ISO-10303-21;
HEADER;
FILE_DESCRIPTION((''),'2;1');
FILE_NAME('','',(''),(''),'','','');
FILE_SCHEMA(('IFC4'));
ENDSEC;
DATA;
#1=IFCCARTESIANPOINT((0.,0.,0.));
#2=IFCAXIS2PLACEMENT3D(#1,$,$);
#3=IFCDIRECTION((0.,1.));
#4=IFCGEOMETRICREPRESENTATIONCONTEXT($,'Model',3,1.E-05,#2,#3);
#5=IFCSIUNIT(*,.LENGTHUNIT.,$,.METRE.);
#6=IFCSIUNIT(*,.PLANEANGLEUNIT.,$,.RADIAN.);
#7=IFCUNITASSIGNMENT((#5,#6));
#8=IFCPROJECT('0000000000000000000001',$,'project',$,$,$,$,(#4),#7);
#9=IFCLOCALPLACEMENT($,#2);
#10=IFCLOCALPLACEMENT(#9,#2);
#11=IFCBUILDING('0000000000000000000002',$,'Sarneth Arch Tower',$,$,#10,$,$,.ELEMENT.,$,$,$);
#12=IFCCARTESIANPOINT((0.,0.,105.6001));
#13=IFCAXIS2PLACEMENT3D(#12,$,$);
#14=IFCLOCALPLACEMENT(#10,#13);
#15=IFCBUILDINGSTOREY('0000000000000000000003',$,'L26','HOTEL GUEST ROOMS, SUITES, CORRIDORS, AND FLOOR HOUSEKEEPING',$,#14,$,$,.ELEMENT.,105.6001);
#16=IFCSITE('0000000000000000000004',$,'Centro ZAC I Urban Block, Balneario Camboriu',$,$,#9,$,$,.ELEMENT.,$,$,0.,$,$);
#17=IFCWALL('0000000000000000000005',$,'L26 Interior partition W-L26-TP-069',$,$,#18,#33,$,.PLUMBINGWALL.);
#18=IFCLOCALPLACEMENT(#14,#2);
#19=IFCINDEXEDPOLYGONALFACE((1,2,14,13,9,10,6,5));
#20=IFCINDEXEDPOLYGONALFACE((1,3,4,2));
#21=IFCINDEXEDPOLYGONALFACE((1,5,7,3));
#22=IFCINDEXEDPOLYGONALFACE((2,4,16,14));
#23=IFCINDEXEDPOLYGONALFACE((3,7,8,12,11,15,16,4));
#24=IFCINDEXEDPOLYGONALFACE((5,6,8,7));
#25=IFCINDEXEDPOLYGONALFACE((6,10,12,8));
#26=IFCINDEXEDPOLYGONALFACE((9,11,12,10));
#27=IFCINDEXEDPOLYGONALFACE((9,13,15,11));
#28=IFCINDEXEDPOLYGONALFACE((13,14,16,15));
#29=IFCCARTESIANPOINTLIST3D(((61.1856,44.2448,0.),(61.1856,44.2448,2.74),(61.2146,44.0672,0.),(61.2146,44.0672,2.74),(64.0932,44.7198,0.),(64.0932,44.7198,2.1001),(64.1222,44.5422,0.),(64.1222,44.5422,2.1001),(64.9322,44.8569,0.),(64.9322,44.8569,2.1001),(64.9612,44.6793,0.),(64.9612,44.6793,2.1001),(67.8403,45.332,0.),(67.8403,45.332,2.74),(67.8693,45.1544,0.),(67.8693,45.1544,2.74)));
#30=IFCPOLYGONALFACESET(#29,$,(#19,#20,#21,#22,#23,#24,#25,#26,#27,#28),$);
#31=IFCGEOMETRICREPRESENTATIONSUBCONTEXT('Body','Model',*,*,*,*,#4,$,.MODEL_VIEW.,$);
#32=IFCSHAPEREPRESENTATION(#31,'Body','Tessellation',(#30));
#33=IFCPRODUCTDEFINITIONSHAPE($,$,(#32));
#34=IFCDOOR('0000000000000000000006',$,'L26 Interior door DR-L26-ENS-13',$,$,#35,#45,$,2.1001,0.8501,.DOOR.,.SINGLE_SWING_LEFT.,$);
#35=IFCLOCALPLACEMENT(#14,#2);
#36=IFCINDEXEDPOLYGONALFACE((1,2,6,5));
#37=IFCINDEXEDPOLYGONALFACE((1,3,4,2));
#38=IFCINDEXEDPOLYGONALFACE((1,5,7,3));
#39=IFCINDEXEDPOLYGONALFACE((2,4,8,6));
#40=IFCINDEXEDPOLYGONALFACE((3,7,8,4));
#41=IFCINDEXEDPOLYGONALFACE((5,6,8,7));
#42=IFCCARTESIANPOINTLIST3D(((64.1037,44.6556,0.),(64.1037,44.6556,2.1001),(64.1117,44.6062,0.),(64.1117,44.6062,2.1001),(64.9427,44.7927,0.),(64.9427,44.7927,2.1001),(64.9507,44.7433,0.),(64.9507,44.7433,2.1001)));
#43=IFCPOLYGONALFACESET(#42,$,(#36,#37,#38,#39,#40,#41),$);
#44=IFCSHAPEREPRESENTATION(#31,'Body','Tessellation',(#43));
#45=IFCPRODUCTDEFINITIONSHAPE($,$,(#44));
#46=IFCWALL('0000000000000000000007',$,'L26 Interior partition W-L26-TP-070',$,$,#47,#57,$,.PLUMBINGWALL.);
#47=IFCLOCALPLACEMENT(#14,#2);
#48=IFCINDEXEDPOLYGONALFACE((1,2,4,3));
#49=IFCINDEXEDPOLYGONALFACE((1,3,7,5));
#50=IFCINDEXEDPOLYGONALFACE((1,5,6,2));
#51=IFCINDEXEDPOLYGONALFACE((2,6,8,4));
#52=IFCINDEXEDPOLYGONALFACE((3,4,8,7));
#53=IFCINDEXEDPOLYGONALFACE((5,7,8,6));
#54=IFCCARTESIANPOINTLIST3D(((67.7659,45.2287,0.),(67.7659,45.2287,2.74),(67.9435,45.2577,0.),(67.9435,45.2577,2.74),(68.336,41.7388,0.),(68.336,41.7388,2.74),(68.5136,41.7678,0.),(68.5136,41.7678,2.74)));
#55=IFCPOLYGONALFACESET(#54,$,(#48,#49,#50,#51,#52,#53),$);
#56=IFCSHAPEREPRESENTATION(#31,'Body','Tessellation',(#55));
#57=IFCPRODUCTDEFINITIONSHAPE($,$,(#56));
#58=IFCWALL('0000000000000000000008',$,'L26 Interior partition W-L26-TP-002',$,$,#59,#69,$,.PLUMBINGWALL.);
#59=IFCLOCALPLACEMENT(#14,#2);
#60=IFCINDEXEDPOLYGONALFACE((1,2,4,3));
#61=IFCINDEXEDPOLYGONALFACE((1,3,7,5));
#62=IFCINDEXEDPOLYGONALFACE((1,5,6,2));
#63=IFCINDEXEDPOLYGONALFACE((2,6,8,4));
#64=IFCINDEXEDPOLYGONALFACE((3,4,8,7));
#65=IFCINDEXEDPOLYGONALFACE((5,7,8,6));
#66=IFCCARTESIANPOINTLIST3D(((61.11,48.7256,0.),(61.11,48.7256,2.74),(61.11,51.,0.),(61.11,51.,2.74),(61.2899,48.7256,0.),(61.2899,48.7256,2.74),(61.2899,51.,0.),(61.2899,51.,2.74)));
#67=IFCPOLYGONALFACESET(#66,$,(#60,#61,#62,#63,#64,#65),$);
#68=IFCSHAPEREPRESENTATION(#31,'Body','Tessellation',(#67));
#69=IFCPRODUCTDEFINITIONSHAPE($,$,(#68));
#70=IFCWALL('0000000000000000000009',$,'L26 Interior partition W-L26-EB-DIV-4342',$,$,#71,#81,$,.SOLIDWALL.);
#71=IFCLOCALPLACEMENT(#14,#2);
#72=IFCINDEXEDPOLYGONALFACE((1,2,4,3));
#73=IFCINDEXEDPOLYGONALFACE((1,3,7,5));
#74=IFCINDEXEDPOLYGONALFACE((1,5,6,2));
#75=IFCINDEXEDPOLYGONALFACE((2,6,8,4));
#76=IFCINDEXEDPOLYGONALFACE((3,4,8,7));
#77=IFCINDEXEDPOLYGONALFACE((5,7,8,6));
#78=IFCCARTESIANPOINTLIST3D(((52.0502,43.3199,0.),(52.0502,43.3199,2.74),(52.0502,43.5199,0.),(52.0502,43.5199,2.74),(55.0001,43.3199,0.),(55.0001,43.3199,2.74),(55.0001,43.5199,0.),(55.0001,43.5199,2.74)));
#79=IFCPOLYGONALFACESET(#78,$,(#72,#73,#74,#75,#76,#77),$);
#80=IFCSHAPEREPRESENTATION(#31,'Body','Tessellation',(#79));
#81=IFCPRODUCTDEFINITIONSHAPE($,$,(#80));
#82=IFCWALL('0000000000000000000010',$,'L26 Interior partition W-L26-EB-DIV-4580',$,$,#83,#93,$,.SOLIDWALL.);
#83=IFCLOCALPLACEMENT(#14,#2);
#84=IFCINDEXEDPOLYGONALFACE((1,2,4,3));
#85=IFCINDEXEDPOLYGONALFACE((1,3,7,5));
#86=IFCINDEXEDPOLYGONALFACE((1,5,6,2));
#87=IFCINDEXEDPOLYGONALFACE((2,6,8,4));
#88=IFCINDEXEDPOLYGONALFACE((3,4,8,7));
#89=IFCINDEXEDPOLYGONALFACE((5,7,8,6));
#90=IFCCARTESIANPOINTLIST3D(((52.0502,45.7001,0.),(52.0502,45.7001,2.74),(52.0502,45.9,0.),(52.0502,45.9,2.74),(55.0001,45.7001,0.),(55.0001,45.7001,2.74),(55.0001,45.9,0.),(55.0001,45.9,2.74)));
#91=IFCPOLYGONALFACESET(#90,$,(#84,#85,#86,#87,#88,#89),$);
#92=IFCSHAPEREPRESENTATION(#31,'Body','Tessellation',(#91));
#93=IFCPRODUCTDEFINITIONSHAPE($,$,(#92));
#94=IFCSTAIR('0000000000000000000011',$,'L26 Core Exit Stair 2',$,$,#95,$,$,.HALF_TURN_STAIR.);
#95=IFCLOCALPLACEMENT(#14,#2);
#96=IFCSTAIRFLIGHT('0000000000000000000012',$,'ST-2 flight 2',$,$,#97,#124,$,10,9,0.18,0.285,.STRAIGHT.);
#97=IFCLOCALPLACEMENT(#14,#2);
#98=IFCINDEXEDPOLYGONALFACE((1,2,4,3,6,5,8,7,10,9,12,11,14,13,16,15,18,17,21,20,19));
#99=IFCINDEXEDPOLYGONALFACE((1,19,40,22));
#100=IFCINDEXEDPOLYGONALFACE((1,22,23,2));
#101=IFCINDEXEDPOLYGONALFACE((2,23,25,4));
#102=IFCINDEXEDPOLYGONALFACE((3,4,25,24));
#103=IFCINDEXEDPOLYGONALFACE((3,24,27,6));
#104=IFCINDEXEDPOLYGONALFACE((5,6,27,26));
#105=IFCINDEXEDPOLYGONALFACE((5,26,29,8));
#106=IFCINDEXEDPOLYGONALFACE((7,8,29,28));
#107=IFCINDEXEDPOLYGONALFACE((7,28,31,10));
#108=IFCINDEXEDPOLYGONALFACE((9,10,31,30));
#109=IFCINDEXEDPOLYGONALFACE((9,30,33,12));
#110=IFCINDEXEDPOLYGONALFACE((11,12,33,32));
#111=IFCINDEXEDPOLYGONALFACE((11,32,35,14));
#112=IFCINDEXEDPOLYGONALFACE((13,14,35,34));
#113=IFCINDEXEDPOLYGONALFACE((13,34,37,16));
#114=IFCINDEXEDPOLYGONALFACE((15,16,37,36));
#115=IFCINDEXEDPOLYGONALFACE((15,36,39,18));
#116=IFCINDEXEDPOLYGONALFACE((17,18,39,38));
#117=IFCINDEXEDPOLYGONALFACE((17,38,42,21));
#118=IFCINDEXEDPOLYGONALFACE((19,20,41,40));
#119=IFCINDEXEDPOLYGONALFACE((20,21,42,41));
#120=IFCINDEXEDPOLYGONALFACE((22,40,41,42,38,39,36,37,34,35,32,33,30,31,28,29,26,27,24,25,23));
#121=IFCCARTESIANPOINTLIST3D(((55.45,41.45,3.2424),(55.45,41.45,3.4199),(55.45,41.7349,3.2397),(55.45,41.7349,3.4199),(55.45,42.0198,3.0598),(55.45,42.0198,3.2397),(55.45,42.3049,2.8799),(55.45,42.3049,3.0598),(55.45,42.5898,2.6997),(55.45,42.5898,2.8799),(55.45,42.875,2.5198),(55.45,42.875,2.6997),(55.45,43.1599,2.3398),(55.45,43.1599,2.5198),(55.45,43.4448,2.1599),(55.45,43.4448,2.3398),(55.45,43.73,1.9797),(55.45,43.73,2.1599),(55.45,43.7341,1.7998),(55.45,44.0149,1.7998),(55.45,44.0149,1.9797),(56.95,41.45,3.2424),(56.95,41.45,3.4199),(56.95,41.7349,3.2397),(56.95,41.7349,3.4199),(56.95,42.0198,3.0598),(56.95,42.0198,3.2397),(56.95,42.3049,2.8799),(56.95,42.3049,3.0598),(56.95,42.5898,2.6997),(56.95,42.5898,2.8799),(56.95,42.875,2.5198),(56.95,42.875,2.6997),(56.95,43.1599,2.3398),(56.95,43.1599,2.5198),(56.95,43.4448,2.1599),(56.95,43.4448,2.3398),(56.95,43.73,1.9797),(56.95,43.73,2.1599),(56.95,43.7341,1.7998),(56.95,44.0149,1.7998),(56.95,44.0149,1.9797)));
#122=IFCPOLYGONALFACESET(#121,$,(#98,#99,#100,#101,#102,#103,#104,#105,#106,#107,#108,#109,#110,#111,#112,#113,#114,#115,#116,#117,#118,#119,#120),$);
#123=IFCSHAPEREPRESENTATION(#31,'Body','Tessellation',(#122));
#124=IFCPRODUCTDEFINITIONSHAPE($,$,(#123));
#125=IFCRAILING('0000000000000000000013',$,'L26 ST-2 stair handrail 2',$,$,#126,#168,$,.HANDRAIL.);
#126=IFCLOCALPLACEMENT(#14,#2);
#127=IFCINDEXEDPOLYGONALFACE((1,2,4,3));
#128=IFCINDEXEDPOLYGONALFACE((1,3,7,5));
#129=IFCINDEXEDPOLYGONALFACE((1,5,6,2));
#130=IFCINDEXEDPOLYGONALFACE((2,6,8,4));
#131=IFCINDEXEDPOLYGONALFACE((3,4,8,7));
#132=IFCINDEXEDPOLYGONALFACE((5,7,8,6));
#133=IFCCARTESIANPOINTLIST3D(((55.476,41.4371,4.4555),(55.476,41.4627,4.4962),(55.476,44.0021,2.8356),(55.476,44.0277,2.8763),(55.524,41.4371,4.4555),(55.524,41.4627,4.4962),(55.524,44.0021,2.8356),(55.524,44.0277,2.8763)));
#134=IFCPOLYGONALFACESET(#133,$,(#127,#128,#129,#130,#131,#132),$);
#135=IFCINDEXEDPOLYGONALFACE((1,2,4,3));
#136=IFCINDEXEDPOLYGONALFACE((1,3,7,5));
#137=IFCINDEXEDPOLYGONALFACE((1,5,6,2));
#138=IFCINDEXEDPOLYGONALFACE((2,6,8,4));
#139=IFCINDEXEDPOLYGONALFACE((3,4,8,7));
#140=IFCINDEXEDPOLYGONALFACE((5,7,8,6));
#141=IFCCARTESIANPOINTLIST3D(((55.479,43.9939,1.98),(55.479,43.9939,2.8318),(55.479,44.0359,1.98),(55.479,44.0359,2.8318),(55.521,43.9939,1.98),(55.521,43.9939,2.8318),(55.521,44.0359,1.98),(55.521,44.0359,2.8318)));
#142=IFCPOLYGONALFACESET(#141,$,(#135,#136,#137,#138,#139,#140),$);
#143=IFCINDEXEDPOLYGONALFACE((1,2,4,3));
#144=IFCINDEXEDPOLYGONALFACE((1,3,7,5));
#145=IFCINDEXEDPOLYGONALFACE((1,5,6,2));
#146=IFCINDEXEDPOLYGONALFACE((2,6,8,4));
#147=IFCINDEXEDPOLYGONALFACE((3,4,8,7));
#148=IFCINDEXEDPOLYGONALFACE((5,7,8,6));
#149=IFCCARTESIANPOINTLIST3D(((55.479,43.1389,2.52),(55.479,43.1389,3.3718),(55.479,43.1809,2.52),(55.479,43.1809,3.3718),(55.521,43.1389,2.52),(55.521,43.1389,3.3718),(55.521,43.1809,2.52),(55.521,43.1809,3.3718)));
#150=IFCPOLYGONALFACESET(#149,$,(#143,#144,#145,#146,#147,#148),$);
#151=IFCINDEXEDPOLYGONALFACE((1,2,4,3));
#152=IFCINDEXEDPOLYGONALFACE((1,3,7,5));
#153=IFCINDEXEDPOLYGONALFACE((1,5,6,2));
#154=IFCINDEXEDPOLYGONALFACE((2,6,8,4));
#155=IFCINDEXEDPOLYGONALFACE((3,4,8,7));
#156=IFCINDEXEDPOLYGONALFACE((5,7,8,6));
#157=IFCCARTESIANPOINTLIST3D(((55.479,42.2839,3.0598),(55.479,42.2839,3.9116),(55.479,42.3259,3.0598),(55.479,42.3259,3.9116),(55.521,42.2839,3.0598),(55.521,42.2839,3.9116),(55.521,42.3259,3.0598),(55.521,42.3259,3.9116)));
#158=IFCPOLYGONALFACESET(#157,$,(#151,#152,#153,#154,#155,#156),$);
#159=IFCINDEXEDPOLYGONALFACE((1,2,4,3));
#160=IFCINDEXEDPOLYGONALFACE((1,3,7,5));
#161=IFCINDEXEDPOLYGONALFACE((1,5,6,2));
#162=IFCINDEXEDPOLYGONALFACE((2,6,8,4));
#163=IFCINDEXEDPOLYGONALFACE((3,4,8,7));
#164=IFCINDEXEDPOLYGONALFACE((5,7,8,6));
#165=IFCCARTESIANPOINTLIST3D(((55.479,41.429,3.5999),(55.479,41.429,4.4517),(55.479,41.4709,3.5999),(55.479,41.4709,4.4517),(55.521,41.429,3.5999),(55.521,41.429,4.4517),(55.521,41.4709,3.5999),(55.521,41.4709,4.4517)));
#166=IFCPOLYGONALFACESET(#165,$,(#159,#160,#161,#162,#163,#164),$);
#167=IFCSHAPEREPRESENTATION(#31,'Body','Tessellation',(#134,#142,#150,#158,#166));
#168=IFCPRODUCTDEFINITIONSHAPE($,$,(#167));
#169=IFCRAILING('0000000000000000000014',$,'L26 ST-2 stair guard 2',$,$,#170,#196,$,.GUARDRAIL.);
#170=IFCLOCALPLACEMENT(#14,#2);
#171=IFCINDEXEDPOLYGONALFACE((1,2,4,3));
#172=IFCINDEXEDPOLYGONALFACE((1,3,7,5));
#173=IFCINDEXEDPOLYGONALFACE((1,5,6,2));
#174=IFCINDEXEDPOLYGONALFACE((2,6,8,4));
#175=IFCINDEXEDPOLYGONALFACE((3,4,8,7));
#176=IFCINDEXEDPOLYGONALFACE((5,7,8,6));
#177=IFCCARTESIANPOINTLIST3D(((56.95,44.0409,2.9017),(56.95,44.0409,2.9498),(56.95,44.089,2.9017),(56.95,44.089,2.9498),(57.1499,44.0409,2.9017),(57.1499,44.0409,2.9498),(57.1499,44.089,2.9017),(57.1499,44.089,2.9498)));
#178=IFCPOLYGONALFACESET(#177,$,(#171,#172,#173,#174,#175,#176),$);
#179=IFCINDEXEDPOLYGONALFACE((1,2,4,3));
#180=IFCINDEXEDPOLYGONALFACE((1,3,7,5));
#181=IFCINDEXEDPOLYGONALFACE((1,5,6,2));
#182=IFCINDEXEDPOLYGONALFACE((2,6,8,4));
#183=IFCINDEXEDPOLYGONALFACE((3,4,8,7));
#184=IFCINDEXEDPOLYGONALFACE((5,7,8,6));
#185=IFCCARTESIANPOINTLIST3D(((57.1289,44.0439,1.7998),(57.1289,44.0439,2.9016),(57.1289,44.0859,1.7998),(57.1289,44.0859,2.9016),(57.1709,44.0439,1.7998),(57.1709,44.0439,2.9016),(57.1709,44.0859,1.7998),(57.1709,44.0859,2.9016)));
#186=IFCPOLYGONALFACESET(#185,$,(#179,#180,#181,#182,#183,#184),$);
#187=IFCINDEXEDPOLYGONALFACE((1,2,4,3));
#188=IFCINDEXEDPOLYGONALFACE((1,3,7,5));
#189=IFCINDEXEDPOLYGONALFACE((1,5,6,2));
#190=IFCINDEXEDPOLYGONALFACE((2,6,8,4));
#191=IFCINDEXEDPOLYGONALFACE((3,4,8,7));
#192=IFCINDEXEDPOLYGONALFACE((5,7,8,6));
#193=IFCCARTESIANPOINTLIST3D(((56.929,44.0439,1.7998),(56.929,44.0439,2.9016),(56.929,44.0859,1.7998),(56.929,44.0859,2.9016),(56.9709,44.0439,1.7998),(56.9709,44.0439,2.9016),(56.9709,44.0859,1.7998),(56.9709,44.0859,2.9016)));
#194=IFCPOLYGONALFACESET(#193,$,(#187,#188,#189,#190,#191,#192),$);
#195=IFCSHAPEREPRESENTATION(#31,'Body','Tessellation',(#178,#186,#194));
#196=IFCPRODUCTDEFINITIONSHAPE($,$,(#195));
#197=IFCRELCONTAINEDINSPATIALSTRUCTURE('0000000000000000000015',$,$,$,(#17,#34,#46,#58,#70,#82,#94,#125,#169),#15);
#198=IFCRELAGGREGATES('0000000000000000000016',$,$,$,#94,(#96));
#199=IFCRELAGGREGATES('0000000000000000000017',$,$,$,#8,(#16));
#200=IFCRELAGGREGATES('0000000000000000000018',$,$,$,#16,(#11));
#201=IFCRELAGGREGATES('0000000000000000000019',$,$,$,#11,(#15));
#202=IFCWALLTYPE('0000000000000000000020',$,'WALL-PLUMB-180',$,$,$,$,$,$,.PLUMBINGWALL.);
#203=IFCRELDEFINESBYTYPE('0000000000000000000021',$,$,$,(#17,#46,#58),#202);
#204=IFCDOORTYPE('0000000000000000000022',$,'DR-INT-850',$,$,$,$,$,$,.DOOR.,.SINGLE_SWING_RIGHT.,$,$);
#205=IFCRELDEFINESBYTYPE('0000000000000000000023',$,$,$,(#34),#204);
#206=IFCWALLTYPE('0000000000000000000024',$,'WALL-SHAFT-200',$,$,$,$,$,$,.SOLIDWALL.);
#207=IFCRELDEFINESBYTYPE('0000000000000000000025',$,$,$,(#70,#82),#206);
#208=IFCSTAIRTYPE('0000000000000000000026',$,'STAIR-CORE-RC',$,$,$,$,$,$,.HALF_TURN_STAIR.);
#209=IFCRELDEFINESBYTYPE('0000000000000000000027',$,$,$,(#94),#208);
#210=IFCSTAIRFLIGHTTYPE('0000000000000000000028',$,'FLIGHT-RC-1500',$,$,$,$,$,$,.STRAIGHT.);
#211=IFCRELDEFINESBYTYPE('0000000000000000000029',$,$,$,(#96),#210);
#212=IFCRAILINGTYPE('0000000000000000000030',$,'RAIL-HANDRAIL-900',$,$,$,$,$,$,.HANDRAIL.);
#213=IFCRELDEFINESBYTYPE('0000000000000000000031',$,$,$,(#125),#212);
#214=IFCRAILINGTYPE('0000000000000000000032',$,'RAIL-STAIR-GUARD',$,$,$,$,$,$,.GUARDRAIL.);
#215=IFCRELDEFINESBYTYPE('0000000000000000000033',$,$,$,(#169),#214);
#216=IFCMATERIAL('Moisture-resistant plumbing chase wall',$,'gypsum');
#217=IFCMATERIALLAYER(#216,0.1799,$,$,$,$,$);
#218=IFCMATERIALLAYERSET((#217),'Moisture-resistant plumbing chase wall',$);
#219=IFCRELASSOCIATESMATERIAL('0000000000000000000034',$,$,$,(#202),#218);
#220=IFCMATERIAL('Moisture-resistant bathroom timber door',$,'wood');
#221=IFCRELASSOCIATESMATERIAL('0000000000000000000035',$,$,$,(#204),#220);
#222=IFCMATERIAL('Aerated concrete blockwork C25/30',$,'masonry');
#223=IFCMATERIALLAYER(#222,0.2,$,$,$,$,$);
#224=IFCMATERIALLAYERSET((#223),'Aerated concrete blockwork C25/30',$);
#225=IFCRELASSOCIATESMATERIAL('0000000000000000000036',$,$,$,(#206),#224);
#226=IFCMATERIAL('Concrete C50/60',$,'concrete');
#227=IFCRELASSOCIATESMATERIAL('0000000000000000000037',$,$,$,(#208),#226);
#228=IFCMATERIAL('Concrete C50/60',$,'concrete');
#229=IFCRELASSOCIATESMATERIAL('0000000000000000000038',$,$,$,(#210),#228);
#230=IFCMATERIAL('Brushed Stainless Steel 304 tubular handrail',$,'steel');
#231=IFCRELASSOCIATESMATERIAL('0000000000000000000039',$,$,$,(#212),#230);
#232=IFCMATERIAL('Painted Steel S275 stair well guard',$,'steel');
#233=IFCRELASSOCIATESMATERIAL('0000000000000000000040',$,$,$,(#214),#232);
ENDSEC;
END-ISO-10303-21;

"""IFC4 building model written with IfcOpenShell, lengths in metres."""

from ifc_helpers import new_model, si_unit, direction, frame, frame_2d, origin, origin_2d, place, context, subcontext, project, spatial, polyline, rectangle, outline, extrude, material, layer, layer_set, type_object, element, fill, aggregate, save


model = new_model("IFC4")

# Units and contexts
model_context = context("Model", 3, precision=1e-05, world=origin(), true_north=direction((0.0, 1.0)))
body_context = subcontext(model_context, "Body", "Model", "MODEL_VIEW")
ifc_project = project(units=[si_unit("LENGTHUNIT", "METRE"), si_unit("PLANEANGLEUNIT", "RADIAN")], contexts=[model_context])

# Site, building, storey
site_placement = place(None, origin())
site = spatial("IfcSite", under=ifc_project, at=site_placement, Name="Centro ZAC I Urban Block, Balneario Camboriu", CompositionType="ELEMENT", RefElevation=0.0)
building_placement = place(site_placement, origin())
building = spatial("IfcBuilding", under=site, at=building_placement, Name="Sarneth Arch Tower", CompositionType="ELEMENT")
storey_placement = place(building_placement, frame((0.0, 0.0, 105.6001)))
storey = spatial("IfcBuildingStorey", under=building, at=storey_placement, Name="L26", Description="HOTEL GUEST ROOMS, SUITES, CORRIDORS, AND FLOOR HOUSEKEEPING", CompositionType="ELEMENT", Elevation=105.6001)

# Wall, opening, door
ifc_material_1 = material(Name="Moisture-resistant plumbing chase wall", Category="gypsum")
ifc_layer_1 = layer(ifc_material_1, 0.1799)
ifc_layer_set_1 = layer_set([ifc_layer_1], Name="Moisture-resistant plumbing chase wall")
wall_type_1 = type_object("IfcWallType", Name="WALL-PLUMB-180", PredefinedType="PLUMBINGWALL", material=ifc_layer_set_1)
wall_1_placement = place(storey_placement, frame((61.2, 44.156, 0.0), z_axis=(0.0, 0.0, 1.0), x_axis=(0.986917, 0.161228, 0.0)))
wall_1 = element("IfcWall", 1, at=wall_1_placement, inside=storey, type_object=wall_type_1, Name="L26 Interior partition W-L26-TP-069", PredefinedType="PLUMBINGWALL", context=body_context, shape_type="SweptSolid", body=[
    extrude(rectangle(XDim=6.7429, YDim=0.1799, at=frame_2d((3.3716, 0.0))), origin(), (0.0, 0.0, 1.0), 2.74),
])
opening_1_placement = place(wall_1_placement, frame((2.9463, 0.0, 0.0)))
opening_1 = element("IfcOpeningElement", 2, at=opening_1_placement, cuts=wall_1, PredefinedType="OPENING", context=body_context, shape_type="SweptSolid", body=[
    extrude(rectangle(XDim=0.8501, YDim=2.1001, at=frame_2d((0.425, 1.05))), frame((0.0, 0.0999, 0.0), z_axis=(0.0, -1.0, 0.0), x_axis=(1.0, 0.0, 0.0)), (0.0, 0.0, 1.0), 0.2),
])
ifc_material_2 = material(Name="Moisture-resistant bathroom timber door", Category="wood")
door_type_1 = type_object("IfcDoorType", Name="DR-INT-850", OperationType="SINGLE_SWING_RIGHT", PredefinedType="DOOR", material=ifc_material_2)
door_1_placement = place(opening_1_placement, origin())
door_1 = element("IfcDoor", 3, at=door_1_placement, inside=storey, type_object=door_type_1, Name="L26 Interior door DR-L26-ENS-13", OperationType="SINGLE_SWING_LEFT", OverallHeight=2.1001, OverallWidth=0.8501, PredefinedType="DOOR", context=body_context, shape_type="SweptSolid", body=[
    extrude(rectangle(XDim=0.8501, YDim=2.1001, at=frame_2d((0.425, 1.05))), frame((0.0, 0.0249, 0.0), z_axis=(0.0, -1.0, 0.0), x_axis=(1.0, 0.0, 0.0)), (0.0, 0.0, 1.0), 0.05),
])
fill(opening_1, door_1)

# Walls
wall_2_placement = place(storey_placement, frame((67.8547, 45.2432, 0.0), z_axis=(0.0, 0.0, 1.0), x_axis=(0.161207, -0.986921, 0.0)))
element("IfcWall", 4, at=wall_2_placement, inside=storey, type_object=wall_type_1, Name="L26 Interior partition W-L26-TP-070", PredefinedType="PLUMBINGWALL", context=body_context, shape_type="SweptSolid", body=[
    extrude(rectangle(XDim=3.5361, YDim=0.1799, at=frame_2d((1.7681, 0.0))), origin(), (0.0, 0.0, 1.0), 2.74),
])
wall_3_placement = place(storey_placement, frame((61.2, 48.7256, 0.0), z_axis=(0.0, 0.0, 1.0), x_axis=(0.0, 1.0, 0.0)))
element("IfcWall", 5, at=wall_3_placement, inside=storey, type_object=wall_type_1, Name="L26 Interior partition W-L26-TP-002", PredefinedType="PLUMBINGWALL", context=body_context, shape_type="SweptSolid", body=[
    extrude(rectangle(XDim=2.2744, YDim=0.1799, at=frame_2d((1.1372, 0.0))), origin(), (0.0, 0.0, 1.0), 2.74),
])
ifc_material_3 = material(Name="Aerated concrete blockwork C25/30", Category="masonry")
ifc_layer_2 = layer(ifc_material_3, 0.2)
ifc_layer_set_2 = layer_set([ifc_layer_2], Name="Aerated concrete blockwork C25/30")
wall_type_2 = type_object("IfcWallType", Name="WALL-SHAFT-200", PredefinedType="SOLIDWALL", material=ifc_layer_set_2)
for number, where, z_axis, x_axis, name in (
    (6, (52.05, 43.4199, 0.0), (0.0, 0.0, 1.0), (1.0, 0.0, 0.0), "L26 Interior partition W-L26-EB-DIV-4342"),
    (7, (52.05, 45.8, 0.0), (0.0, 0.0, 1.0), (1.0, 0.0, 0.0), "L26 Interior partition W-L26-EB-DIV-4580"),
):
    element("IfcWall", number, at=place(storey_placement, frame(where, z_axis=z_axis, x_axis=x_axis)), inside=storey, type_object=wall_type_2, Name=name, PredefinedType="SOLIDWALL", context=body_context, shape_type="SweptSolid", body=[
        extrude(rectangle(XDim=2.95, YDim=0.2, at=frame_2d((1.4751, 0.0))), origin(), (0.0, 0.0, 1.0), 2.74),
    ])

# Stair, stair flight
ifc_material_4 = material(Name="Concrete C50/60", Category="concrete")
stair_type = type_object("IfcStairType", Name="STAIR-CORE-RC", PredefinedType="HALF_TURN_STAIR", material=ifc_material_4)
stair_placement = place(storey_placement, origin())
stair = element("IfcStair", 8, at=stair_placement, inside=storey, type_object=stair_type, Name="L26 Core Exit Stair 2", PredefinedType="HALF_TURN_STAIR")
ifc_material_5 = material(Name="Concrete C50/60", Category="concrete")
stair_flight_type = type_object("IfcStairFlightType", Name="FLIGHT-RC-1500", PredefinedType="STRAIGHT", material=ifc_material_5)
stair_flight_placement = place(storey_placement, frame((56.2, 44.0149, 1.7998), z_axis=(0.0, 0.0, 1.0), x_axis=(0.0, -1.0, 0.0)))
stair_flight = element("IfcStairFlight", 9, at=stair_flight_placement, type_object=stair_flight_type, Name="ST-2 flight 2", NumberOfRisers=10, NumberOfTreads=9, PredefinedType="STRAIGHT", RiserHeight=0.18, TreadLength=0.285, context=body_context, shape_type="SweptSolid", body=[
    extrude(outline(polyline([(0.0, 0.0), (0.0, 0.1799), (0.2849, 0.1799), (0.2849, 0.3601), (0.5701, 0.3601), (0.5701, 0.54), (0.855, 0.54), (0.855, 0.72), (1.1399, 0.72), (1.1399, 0.8999), (1.425, 0.8999), (1.425, 1.0801), (1.71, 1.0801), (1.71, 1.26), (1.9951, 1.26), (1.9951, 1.4399), (2.28, 1.4399), (2.28, 1.6201), (2.5649, 1.6201), (2.5649, 1.8), (2.5649, 1.4426), (0.2808, 0.0), (0.0, 0.0)])), frame((0.0, 0.75, 0.0), z_axis=(0.0, -1.0, 0.0), x_axis=(1.0, 0.0, 0.0)), (0.0, 0.0, 1.0), 1.5),
])
aggregate(stair, [stair_flight])

# Railings
ifc_material_6 = material(Name="Brushed Stainless Steel 304 tubular handrail", Category="steel")
railing_type_1 = type_object("IfcRailingType", Name="RAIL-HANDRAIL-900", PredefinedType="HANDRAIL", material=ifc_material_6)
railing_1_placement = place(storey_placement, frame((55.5, 44.0149, 1.98)))
element("IfcRailing", 10, at=railing_1_placement, inside=storey, type_object=railing_type_1, Name="L26 ST-2 stair handrail 2", PredefinedType="HANDRAIL", context=body_context, shape_type="SweptSolid", body=[
    extrude(rectangle(XDim=0.0481, YDim=0.0481, at=origin_2d()), frame((0.0, 0.0, 0.876), z_axis=(0.0, -0.845502, 0.533972), x_axis=(1.0, 0.0, 0.0)), (0.0, 0.0, 1.0), 3.0337),
    extrude(rectangle(XDim=0.042, YDim=0.042, at=origin_2d()), origin(), (0.0, 0.0, 1.0), 0.8518),
    extrude(rectangle(XDim=0.042, YDim=0.042, at=origin_2d()), frame((0.0, -0.855, 0.54)), (0.0, 0.0, 1.0), 0.8518),
    extrude(rectangle(XDim=0.042, YDim=0.042, at=origin_2d()), frame((0.0, -1.71, 1.0798)), (0.0, 0.0, 1.0), 0.8518),
    extrude(rectangle(XDim=0.042, YDim=0.042, at=origin_2d()), frame((0.0, -2.5649, 1.6199)), (0.0, 0.0, 1.0), 0.8518),
])
ifc_material_7 = material(Name="Painted Steel S275 stair well guard", Category="steel")
railing_type_2 = type_object("IfcRailingType", Name="RAIL-STAIR-GUARD", PredefinedType="GUARDRAIL", material=ifc_material_7)
railing_2_placement = place(storey_placement, frame((57.1499, 44.0649, 1.7998)))
element("IfcRailing", 11, at=railing_2_placement, inside=storey, type_object=railing_type_2, Name="L26 ST-2 stair guard 2", PredefinedType="GUARDRAIL", context=body_context, shape_type="SweptSolid", body=[
    extrude(rectangle(XDim=0.0481, YDim=0.0481, at=origin_2d()), frame((0.0, 0.0, 1.126), z_axis=(-1.0, 0.0, 0.0), x_axis=(0.0, -1.0, 0.0)), (0.0, 0.0, 1.0), 0.2),
    extrude(rectangle(XDim=0.042, YDim=0.042, at=origin_2d()), origin(), (0.0, 0.0, 1.0), 1.1018),
    extrude(rectangle(XDim=0.042, YDim=0.042, at=origin_2d()), frame((-0.2, 0.0, 0.0)), (0.0, 0.0, 1.0), 1.1018),
])

save(model, "model.ifc")
